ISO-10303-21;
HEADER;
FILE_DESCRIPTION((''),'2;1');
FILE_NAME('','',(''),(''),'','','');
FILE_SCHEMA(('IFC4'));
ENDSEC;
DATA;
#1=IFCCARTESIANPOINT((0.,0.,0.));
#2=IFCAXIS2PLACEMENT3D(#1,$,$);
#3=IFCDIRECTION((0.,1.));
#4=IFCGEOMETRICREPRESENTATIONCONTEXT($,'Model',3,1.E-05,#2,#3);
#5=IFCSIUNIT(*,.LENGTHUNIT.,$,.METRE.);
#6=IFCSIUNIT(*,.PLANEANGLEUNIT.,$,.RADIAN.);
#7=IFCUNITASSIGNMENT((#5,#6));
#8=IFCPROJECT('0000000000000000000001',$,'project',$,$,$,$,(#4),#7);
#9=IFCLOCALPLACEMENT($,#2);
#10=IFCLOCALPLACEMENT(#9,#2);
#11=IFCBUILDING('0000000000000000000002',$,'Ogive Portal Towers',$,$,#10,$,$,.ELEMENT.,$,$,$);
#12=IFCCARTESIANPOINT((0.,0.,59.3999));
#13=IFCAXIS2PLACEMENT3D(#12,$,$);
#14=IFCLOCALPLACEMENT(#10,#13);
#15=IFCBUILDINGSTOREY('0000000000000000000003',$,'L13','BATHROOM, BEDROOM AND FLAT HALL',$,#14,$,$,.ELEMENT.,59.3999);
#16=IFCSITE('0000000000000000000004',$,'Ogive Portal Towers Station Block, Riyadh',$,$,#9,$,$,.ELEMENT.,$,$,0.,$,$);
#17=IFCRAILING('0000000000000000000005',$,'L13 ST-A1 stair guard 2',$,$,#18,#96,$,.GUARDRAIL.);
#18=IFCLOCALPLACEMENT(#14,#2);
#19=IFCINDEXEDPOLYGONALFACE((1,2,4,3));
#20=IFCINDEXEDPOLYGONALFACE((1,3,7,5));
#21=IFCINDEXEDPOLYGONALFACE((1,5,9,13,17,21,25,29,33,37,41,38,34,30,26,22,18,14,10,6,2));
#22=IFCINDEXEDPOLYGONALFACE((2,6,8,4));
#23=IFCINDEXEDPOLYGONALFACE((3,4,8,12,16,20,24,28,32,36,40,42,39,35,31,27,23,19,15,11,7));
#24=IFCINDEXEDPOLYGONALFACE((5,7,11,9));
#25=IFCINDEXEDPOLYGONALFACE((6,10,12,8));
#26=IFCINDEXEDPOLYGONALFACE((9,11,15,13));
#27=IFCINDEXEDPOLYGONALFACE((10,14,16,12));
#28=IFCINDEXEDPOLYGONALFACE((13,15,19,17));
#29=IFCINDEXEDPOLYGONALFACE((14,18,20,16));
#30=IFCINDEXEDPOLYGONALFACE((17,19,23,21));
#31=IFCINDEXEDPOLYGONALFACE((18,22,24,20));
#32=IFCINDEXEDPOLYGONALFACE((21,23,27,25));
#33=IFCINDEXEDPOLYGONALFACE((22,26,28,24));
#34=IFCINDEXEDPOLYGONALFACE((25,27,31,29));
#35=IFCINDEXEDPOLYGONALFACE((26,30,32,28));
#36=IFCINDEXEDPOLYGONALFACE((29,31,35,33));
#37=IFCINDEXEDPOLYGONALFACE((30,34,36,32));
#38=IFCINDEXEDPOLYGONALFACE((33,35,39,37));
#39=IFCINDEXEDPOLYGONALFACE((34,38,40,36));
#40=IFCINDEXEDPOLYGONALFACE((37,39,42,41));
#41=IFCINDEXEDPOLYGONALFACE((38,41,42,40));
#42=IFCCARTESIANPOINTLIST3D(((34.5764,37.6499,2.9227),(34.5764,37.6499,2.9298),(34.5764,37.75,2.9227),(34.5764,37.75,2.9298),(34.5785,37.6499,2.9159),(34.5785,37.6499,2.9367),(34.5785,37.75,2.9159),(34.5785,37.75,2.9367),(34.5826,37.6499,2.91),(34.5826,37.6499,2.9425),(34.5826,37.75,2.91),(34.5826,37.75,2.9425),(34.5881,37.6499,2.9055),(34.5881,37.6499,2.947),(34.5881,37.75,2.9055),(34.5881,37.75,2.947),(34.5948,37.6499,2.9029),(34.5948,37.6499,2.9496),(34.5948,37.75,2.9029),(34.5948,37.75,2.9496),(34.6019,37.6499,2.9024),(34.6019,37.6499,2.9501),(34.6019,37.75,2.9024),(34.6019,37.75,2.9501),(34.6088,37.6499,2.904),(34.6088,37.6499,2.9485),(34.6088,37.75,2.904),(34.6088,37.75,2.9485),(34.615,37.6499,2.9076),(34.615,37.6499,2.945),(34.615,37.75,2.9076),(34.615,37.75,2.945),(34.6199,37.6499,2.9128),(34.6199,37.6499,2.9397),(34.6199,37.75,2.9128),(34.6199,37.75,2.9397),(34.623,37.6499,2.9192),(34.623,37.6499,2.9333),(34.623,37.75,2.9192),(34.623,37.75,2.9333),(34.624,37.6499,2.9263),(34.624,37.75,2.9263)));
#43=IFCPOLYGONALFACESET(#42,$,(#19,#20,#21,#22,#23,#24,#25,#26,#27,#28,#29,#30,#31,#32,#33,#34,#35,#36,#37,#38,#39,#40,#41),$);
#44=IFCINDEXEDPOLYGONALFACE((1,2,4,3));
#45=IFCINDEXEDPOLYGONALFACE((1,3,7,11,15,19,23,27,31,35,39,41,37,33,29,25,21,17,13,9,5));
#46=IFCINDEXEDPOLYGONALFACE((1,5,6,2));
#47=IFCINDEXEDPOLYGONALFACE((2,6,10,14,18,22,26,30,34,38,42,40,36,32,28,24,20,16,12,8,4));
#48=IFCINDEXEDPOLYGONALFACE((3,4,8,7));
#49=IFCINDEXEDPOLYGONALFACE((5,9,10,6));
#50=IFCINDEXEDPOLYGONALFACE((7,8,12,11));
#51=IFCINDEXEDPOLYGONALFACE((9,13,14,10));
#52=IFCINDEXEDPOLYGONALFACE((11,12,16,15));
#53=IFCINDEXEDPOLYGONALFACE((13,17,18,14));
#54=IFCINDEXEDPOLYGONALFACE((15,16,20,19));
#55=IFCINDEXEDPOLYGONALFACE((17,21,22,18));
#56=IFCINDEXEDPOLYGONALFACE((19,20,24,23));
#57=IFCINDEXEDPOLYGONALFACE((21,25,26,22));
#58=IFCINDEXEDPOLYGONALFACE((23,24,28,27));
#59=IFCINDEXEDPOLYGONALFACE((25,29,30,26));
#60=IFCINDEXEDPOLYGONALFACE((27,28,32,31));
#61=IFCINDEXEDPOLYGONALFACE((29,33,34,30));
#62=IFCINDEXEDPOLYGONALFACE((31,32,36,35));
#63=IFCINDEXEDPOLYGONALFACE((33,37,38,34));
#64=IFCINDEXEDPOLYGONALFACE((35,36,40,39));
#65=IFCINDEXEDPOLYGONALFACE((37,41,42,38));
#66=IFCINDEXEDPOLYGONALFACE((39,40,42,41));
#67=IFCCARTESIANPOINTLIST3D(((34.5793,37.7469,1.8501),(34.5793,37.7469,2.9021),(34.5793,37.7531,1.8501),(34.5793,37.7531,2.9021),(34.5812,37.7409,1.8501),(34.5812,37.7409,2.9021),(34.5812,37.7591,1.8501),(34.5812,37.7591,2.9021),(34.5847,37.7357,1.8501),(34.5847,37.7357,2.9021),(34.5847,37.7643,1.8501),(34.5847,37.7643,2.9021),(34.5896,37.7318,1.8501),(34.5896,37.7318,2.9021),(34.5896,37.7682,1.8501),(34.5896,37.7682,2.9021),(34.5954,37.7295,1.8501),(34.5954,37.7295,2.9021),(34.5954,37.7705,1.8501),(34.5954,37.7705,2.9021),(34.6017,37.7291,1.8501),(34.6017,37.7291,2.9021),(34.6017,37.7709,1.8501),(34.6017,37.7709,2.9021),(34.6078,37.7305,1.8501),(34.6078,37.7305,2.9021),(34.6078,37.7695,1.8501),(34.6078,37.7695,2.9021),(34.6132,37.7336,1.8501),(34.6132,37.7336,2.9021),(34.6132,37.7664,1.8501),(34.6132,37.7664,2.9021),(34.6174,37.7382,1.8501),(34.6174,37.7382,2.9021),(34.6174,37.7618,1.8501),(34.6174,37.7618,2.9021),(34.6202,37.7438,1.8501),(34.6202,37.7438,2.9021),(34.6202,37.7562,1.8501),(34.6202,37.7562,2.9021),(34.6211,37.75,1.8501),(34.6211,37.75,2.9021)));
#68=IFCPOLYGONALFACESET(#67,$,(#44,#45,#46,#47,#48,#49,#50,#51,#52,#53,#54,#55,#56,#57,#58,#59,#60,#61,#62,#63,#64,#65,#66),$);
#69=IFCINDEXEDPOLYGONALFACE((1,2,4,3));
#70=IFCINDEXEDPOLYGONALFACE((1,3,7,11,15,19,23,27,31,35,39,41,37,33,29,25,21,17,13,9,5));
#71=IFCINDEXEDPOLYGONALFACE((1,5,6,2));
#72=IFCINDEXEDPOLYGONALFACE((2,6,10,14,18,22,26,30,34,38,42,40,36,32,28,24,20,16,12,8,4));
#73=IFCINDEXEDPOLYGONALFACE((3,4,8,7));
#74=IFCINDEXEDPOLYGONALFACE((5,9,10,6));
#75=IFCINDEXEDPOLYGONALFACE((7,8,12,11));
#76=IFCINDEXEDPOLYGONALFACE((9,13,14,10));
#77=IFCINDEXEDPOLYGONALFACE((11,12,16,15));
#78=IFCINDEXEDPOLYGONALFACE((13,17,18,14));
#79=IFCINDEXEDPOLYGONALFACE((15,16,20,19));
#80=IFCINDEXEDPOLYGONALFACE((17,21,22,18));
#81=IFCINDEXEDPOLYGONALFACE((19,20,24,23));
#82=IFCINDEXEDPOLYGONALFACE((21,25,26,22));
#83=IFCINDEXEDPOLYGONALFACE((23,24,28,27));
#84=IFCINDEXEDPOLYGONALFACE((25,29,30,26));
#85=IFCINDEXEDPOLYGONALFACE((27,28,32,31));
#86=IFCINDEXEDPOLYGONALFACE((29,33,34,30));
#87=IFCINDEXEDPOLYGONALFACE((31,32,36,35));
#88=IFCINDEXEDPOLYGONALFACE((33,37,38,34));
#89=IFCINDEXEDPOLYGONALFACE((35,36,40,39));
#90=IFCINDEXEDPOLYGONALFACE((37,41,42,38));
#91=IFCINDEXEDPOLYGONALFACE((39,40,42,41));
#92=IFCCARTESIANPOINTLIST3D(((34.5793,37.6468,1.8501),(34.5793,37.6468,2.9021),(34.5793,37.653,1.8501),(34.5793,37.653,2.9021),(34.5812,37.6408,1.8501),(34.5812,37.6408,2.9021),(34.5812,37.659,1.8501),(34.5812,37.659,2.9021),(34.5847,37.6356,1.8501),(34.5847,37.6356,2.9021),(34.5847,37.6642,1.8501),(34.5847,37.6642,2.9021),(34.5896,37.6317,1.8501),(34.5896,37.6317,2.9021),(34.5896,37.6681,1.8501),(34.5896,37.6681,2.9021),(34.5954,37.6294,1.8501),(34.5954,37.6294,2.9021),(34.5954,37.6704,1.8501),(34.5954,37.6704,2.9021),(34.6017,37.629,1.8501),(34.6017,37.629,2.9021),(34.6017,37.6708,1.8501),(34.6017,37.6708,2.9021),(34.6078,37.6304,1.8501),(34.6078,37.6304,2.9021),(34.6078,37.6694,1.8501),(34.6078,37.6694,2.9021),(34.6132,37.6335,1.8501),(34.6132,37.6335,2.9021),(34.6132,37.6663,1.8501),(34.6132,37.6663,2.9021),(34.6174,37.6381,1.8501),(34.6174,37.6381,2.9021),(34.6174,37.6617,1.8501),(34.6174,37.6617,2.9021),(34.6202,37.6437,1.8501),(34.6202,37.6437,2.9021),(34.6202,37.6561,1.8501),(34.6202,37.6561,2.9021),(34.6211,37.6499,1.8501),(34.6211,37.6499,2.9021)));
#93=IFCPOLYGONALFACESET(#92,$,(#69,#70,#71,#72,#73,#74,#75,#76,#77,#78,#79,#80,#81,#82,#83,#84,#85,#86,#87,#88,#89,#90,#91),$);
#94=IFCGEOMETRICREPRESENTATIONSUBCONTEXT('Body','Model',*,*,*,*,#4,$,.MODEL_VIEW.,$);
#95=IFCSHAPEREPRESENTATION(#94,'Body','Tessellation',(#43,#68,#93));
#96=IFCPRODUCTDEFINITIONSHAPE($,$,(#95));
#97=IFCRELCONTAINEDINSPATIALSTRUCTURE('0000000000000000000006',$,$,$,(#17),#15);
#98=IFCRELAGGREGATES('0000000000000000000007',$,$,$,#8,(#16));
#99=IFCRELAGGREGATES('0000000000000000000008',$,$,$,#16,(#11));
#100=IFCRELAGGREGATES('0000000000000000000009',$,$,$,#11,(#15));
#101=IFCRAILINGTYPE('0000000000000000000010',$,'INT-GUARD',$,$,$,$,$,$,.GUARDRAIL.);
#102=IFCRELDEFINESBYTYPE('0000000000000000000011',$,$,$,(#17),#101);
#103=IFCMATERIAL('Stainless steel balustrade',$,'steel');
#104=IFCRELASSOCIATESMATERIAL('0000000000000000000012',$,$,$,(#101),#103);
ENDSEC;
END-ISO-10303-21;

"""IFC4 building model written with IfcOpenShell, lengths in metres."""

from ifc_helpers import new_model, si_unit, direction, frame, origin, origin_2d, place, context, subcontext, project, spatial, circle, extrude, material, type_object, element, save


model = new_model("IFC4")

# Units and contexts
model_context = context("Model", 3, precision=1e-05, world=origin(), true_north=direction((0.0, 1.0)))
body_context = subcontext(model_context, "Body", "Model", "MODEL_VIEW")
ifc_project = project(units=[si_unit("LENGTHUNIT", "METRE"), si_unit("PLANEANGLEUNIT", "RADIAN")], contexts=[model_context])

# Site, building, storey
site_placement = place(None, origin())
site = spatial("IfcSite", under=ifc_project, at=site_placement, Name="Ogive Portal Towers Station Block, Riyadh", CompositionType="ELEMENT", RefElevation=0.0)
building_placement = place(site_placement, origin())
building = spatial("IfcBuilding", under=site, at=building_placement, Name="Ogive Portal Towers", CompositionType="ELEMENT")
storey_placement = place(building_placement, frame((0.0, 0.0, 59.3999)))
storey = spatial("IfcBuildingStorey", under=building, at=storey_placement, Name="L13", Description="BATHROOM, BEDROOM AND FLAT HALL", CompositionType="ELEMENT", Elevation=59.3999)

# Railing
ifc_material_1 = material(Name="Stainless steel balustrade", Category="steel")
railing_type_1 = type_object("IfcRailingType", Name="INT-GUARD", PredefinedType="GUARDRAIL", material=ifc_material_1)
railing_1_placement = place(storey_placement, frame((34.6001, 37.75, 1.8501)))
element("IfcRailing", 1, at=railing_1_placement, inside=storey, type_object=railing_type_1, Name="L13 ST-A1 stair guard 2", PredefinedType="GUARDRAIL", context=body_context, shape_type="SweptSolid", body=[
    extrude(circle(Radius=0.0239, at=origin_2d()), frame((0.0, 0.0, 1.0762), z_axis=(0.0, -1.0, 0.0), x_axis=(1.0, 0.0, 0.0)), (0.0, 0.0, 1.0), 0.1001),
    extrude(circle(Radius=0.021, at=origin_2d()), origin(), (0.0, 0.0, 1.0), 1.052),
    extrude(circle(Radius=0.021, at=origin_2d()), frame((0.0, -0.1001, 0.0)), (0.0, 0.0, 1.0), 1.052),
])

save(model, "model.ifc")
